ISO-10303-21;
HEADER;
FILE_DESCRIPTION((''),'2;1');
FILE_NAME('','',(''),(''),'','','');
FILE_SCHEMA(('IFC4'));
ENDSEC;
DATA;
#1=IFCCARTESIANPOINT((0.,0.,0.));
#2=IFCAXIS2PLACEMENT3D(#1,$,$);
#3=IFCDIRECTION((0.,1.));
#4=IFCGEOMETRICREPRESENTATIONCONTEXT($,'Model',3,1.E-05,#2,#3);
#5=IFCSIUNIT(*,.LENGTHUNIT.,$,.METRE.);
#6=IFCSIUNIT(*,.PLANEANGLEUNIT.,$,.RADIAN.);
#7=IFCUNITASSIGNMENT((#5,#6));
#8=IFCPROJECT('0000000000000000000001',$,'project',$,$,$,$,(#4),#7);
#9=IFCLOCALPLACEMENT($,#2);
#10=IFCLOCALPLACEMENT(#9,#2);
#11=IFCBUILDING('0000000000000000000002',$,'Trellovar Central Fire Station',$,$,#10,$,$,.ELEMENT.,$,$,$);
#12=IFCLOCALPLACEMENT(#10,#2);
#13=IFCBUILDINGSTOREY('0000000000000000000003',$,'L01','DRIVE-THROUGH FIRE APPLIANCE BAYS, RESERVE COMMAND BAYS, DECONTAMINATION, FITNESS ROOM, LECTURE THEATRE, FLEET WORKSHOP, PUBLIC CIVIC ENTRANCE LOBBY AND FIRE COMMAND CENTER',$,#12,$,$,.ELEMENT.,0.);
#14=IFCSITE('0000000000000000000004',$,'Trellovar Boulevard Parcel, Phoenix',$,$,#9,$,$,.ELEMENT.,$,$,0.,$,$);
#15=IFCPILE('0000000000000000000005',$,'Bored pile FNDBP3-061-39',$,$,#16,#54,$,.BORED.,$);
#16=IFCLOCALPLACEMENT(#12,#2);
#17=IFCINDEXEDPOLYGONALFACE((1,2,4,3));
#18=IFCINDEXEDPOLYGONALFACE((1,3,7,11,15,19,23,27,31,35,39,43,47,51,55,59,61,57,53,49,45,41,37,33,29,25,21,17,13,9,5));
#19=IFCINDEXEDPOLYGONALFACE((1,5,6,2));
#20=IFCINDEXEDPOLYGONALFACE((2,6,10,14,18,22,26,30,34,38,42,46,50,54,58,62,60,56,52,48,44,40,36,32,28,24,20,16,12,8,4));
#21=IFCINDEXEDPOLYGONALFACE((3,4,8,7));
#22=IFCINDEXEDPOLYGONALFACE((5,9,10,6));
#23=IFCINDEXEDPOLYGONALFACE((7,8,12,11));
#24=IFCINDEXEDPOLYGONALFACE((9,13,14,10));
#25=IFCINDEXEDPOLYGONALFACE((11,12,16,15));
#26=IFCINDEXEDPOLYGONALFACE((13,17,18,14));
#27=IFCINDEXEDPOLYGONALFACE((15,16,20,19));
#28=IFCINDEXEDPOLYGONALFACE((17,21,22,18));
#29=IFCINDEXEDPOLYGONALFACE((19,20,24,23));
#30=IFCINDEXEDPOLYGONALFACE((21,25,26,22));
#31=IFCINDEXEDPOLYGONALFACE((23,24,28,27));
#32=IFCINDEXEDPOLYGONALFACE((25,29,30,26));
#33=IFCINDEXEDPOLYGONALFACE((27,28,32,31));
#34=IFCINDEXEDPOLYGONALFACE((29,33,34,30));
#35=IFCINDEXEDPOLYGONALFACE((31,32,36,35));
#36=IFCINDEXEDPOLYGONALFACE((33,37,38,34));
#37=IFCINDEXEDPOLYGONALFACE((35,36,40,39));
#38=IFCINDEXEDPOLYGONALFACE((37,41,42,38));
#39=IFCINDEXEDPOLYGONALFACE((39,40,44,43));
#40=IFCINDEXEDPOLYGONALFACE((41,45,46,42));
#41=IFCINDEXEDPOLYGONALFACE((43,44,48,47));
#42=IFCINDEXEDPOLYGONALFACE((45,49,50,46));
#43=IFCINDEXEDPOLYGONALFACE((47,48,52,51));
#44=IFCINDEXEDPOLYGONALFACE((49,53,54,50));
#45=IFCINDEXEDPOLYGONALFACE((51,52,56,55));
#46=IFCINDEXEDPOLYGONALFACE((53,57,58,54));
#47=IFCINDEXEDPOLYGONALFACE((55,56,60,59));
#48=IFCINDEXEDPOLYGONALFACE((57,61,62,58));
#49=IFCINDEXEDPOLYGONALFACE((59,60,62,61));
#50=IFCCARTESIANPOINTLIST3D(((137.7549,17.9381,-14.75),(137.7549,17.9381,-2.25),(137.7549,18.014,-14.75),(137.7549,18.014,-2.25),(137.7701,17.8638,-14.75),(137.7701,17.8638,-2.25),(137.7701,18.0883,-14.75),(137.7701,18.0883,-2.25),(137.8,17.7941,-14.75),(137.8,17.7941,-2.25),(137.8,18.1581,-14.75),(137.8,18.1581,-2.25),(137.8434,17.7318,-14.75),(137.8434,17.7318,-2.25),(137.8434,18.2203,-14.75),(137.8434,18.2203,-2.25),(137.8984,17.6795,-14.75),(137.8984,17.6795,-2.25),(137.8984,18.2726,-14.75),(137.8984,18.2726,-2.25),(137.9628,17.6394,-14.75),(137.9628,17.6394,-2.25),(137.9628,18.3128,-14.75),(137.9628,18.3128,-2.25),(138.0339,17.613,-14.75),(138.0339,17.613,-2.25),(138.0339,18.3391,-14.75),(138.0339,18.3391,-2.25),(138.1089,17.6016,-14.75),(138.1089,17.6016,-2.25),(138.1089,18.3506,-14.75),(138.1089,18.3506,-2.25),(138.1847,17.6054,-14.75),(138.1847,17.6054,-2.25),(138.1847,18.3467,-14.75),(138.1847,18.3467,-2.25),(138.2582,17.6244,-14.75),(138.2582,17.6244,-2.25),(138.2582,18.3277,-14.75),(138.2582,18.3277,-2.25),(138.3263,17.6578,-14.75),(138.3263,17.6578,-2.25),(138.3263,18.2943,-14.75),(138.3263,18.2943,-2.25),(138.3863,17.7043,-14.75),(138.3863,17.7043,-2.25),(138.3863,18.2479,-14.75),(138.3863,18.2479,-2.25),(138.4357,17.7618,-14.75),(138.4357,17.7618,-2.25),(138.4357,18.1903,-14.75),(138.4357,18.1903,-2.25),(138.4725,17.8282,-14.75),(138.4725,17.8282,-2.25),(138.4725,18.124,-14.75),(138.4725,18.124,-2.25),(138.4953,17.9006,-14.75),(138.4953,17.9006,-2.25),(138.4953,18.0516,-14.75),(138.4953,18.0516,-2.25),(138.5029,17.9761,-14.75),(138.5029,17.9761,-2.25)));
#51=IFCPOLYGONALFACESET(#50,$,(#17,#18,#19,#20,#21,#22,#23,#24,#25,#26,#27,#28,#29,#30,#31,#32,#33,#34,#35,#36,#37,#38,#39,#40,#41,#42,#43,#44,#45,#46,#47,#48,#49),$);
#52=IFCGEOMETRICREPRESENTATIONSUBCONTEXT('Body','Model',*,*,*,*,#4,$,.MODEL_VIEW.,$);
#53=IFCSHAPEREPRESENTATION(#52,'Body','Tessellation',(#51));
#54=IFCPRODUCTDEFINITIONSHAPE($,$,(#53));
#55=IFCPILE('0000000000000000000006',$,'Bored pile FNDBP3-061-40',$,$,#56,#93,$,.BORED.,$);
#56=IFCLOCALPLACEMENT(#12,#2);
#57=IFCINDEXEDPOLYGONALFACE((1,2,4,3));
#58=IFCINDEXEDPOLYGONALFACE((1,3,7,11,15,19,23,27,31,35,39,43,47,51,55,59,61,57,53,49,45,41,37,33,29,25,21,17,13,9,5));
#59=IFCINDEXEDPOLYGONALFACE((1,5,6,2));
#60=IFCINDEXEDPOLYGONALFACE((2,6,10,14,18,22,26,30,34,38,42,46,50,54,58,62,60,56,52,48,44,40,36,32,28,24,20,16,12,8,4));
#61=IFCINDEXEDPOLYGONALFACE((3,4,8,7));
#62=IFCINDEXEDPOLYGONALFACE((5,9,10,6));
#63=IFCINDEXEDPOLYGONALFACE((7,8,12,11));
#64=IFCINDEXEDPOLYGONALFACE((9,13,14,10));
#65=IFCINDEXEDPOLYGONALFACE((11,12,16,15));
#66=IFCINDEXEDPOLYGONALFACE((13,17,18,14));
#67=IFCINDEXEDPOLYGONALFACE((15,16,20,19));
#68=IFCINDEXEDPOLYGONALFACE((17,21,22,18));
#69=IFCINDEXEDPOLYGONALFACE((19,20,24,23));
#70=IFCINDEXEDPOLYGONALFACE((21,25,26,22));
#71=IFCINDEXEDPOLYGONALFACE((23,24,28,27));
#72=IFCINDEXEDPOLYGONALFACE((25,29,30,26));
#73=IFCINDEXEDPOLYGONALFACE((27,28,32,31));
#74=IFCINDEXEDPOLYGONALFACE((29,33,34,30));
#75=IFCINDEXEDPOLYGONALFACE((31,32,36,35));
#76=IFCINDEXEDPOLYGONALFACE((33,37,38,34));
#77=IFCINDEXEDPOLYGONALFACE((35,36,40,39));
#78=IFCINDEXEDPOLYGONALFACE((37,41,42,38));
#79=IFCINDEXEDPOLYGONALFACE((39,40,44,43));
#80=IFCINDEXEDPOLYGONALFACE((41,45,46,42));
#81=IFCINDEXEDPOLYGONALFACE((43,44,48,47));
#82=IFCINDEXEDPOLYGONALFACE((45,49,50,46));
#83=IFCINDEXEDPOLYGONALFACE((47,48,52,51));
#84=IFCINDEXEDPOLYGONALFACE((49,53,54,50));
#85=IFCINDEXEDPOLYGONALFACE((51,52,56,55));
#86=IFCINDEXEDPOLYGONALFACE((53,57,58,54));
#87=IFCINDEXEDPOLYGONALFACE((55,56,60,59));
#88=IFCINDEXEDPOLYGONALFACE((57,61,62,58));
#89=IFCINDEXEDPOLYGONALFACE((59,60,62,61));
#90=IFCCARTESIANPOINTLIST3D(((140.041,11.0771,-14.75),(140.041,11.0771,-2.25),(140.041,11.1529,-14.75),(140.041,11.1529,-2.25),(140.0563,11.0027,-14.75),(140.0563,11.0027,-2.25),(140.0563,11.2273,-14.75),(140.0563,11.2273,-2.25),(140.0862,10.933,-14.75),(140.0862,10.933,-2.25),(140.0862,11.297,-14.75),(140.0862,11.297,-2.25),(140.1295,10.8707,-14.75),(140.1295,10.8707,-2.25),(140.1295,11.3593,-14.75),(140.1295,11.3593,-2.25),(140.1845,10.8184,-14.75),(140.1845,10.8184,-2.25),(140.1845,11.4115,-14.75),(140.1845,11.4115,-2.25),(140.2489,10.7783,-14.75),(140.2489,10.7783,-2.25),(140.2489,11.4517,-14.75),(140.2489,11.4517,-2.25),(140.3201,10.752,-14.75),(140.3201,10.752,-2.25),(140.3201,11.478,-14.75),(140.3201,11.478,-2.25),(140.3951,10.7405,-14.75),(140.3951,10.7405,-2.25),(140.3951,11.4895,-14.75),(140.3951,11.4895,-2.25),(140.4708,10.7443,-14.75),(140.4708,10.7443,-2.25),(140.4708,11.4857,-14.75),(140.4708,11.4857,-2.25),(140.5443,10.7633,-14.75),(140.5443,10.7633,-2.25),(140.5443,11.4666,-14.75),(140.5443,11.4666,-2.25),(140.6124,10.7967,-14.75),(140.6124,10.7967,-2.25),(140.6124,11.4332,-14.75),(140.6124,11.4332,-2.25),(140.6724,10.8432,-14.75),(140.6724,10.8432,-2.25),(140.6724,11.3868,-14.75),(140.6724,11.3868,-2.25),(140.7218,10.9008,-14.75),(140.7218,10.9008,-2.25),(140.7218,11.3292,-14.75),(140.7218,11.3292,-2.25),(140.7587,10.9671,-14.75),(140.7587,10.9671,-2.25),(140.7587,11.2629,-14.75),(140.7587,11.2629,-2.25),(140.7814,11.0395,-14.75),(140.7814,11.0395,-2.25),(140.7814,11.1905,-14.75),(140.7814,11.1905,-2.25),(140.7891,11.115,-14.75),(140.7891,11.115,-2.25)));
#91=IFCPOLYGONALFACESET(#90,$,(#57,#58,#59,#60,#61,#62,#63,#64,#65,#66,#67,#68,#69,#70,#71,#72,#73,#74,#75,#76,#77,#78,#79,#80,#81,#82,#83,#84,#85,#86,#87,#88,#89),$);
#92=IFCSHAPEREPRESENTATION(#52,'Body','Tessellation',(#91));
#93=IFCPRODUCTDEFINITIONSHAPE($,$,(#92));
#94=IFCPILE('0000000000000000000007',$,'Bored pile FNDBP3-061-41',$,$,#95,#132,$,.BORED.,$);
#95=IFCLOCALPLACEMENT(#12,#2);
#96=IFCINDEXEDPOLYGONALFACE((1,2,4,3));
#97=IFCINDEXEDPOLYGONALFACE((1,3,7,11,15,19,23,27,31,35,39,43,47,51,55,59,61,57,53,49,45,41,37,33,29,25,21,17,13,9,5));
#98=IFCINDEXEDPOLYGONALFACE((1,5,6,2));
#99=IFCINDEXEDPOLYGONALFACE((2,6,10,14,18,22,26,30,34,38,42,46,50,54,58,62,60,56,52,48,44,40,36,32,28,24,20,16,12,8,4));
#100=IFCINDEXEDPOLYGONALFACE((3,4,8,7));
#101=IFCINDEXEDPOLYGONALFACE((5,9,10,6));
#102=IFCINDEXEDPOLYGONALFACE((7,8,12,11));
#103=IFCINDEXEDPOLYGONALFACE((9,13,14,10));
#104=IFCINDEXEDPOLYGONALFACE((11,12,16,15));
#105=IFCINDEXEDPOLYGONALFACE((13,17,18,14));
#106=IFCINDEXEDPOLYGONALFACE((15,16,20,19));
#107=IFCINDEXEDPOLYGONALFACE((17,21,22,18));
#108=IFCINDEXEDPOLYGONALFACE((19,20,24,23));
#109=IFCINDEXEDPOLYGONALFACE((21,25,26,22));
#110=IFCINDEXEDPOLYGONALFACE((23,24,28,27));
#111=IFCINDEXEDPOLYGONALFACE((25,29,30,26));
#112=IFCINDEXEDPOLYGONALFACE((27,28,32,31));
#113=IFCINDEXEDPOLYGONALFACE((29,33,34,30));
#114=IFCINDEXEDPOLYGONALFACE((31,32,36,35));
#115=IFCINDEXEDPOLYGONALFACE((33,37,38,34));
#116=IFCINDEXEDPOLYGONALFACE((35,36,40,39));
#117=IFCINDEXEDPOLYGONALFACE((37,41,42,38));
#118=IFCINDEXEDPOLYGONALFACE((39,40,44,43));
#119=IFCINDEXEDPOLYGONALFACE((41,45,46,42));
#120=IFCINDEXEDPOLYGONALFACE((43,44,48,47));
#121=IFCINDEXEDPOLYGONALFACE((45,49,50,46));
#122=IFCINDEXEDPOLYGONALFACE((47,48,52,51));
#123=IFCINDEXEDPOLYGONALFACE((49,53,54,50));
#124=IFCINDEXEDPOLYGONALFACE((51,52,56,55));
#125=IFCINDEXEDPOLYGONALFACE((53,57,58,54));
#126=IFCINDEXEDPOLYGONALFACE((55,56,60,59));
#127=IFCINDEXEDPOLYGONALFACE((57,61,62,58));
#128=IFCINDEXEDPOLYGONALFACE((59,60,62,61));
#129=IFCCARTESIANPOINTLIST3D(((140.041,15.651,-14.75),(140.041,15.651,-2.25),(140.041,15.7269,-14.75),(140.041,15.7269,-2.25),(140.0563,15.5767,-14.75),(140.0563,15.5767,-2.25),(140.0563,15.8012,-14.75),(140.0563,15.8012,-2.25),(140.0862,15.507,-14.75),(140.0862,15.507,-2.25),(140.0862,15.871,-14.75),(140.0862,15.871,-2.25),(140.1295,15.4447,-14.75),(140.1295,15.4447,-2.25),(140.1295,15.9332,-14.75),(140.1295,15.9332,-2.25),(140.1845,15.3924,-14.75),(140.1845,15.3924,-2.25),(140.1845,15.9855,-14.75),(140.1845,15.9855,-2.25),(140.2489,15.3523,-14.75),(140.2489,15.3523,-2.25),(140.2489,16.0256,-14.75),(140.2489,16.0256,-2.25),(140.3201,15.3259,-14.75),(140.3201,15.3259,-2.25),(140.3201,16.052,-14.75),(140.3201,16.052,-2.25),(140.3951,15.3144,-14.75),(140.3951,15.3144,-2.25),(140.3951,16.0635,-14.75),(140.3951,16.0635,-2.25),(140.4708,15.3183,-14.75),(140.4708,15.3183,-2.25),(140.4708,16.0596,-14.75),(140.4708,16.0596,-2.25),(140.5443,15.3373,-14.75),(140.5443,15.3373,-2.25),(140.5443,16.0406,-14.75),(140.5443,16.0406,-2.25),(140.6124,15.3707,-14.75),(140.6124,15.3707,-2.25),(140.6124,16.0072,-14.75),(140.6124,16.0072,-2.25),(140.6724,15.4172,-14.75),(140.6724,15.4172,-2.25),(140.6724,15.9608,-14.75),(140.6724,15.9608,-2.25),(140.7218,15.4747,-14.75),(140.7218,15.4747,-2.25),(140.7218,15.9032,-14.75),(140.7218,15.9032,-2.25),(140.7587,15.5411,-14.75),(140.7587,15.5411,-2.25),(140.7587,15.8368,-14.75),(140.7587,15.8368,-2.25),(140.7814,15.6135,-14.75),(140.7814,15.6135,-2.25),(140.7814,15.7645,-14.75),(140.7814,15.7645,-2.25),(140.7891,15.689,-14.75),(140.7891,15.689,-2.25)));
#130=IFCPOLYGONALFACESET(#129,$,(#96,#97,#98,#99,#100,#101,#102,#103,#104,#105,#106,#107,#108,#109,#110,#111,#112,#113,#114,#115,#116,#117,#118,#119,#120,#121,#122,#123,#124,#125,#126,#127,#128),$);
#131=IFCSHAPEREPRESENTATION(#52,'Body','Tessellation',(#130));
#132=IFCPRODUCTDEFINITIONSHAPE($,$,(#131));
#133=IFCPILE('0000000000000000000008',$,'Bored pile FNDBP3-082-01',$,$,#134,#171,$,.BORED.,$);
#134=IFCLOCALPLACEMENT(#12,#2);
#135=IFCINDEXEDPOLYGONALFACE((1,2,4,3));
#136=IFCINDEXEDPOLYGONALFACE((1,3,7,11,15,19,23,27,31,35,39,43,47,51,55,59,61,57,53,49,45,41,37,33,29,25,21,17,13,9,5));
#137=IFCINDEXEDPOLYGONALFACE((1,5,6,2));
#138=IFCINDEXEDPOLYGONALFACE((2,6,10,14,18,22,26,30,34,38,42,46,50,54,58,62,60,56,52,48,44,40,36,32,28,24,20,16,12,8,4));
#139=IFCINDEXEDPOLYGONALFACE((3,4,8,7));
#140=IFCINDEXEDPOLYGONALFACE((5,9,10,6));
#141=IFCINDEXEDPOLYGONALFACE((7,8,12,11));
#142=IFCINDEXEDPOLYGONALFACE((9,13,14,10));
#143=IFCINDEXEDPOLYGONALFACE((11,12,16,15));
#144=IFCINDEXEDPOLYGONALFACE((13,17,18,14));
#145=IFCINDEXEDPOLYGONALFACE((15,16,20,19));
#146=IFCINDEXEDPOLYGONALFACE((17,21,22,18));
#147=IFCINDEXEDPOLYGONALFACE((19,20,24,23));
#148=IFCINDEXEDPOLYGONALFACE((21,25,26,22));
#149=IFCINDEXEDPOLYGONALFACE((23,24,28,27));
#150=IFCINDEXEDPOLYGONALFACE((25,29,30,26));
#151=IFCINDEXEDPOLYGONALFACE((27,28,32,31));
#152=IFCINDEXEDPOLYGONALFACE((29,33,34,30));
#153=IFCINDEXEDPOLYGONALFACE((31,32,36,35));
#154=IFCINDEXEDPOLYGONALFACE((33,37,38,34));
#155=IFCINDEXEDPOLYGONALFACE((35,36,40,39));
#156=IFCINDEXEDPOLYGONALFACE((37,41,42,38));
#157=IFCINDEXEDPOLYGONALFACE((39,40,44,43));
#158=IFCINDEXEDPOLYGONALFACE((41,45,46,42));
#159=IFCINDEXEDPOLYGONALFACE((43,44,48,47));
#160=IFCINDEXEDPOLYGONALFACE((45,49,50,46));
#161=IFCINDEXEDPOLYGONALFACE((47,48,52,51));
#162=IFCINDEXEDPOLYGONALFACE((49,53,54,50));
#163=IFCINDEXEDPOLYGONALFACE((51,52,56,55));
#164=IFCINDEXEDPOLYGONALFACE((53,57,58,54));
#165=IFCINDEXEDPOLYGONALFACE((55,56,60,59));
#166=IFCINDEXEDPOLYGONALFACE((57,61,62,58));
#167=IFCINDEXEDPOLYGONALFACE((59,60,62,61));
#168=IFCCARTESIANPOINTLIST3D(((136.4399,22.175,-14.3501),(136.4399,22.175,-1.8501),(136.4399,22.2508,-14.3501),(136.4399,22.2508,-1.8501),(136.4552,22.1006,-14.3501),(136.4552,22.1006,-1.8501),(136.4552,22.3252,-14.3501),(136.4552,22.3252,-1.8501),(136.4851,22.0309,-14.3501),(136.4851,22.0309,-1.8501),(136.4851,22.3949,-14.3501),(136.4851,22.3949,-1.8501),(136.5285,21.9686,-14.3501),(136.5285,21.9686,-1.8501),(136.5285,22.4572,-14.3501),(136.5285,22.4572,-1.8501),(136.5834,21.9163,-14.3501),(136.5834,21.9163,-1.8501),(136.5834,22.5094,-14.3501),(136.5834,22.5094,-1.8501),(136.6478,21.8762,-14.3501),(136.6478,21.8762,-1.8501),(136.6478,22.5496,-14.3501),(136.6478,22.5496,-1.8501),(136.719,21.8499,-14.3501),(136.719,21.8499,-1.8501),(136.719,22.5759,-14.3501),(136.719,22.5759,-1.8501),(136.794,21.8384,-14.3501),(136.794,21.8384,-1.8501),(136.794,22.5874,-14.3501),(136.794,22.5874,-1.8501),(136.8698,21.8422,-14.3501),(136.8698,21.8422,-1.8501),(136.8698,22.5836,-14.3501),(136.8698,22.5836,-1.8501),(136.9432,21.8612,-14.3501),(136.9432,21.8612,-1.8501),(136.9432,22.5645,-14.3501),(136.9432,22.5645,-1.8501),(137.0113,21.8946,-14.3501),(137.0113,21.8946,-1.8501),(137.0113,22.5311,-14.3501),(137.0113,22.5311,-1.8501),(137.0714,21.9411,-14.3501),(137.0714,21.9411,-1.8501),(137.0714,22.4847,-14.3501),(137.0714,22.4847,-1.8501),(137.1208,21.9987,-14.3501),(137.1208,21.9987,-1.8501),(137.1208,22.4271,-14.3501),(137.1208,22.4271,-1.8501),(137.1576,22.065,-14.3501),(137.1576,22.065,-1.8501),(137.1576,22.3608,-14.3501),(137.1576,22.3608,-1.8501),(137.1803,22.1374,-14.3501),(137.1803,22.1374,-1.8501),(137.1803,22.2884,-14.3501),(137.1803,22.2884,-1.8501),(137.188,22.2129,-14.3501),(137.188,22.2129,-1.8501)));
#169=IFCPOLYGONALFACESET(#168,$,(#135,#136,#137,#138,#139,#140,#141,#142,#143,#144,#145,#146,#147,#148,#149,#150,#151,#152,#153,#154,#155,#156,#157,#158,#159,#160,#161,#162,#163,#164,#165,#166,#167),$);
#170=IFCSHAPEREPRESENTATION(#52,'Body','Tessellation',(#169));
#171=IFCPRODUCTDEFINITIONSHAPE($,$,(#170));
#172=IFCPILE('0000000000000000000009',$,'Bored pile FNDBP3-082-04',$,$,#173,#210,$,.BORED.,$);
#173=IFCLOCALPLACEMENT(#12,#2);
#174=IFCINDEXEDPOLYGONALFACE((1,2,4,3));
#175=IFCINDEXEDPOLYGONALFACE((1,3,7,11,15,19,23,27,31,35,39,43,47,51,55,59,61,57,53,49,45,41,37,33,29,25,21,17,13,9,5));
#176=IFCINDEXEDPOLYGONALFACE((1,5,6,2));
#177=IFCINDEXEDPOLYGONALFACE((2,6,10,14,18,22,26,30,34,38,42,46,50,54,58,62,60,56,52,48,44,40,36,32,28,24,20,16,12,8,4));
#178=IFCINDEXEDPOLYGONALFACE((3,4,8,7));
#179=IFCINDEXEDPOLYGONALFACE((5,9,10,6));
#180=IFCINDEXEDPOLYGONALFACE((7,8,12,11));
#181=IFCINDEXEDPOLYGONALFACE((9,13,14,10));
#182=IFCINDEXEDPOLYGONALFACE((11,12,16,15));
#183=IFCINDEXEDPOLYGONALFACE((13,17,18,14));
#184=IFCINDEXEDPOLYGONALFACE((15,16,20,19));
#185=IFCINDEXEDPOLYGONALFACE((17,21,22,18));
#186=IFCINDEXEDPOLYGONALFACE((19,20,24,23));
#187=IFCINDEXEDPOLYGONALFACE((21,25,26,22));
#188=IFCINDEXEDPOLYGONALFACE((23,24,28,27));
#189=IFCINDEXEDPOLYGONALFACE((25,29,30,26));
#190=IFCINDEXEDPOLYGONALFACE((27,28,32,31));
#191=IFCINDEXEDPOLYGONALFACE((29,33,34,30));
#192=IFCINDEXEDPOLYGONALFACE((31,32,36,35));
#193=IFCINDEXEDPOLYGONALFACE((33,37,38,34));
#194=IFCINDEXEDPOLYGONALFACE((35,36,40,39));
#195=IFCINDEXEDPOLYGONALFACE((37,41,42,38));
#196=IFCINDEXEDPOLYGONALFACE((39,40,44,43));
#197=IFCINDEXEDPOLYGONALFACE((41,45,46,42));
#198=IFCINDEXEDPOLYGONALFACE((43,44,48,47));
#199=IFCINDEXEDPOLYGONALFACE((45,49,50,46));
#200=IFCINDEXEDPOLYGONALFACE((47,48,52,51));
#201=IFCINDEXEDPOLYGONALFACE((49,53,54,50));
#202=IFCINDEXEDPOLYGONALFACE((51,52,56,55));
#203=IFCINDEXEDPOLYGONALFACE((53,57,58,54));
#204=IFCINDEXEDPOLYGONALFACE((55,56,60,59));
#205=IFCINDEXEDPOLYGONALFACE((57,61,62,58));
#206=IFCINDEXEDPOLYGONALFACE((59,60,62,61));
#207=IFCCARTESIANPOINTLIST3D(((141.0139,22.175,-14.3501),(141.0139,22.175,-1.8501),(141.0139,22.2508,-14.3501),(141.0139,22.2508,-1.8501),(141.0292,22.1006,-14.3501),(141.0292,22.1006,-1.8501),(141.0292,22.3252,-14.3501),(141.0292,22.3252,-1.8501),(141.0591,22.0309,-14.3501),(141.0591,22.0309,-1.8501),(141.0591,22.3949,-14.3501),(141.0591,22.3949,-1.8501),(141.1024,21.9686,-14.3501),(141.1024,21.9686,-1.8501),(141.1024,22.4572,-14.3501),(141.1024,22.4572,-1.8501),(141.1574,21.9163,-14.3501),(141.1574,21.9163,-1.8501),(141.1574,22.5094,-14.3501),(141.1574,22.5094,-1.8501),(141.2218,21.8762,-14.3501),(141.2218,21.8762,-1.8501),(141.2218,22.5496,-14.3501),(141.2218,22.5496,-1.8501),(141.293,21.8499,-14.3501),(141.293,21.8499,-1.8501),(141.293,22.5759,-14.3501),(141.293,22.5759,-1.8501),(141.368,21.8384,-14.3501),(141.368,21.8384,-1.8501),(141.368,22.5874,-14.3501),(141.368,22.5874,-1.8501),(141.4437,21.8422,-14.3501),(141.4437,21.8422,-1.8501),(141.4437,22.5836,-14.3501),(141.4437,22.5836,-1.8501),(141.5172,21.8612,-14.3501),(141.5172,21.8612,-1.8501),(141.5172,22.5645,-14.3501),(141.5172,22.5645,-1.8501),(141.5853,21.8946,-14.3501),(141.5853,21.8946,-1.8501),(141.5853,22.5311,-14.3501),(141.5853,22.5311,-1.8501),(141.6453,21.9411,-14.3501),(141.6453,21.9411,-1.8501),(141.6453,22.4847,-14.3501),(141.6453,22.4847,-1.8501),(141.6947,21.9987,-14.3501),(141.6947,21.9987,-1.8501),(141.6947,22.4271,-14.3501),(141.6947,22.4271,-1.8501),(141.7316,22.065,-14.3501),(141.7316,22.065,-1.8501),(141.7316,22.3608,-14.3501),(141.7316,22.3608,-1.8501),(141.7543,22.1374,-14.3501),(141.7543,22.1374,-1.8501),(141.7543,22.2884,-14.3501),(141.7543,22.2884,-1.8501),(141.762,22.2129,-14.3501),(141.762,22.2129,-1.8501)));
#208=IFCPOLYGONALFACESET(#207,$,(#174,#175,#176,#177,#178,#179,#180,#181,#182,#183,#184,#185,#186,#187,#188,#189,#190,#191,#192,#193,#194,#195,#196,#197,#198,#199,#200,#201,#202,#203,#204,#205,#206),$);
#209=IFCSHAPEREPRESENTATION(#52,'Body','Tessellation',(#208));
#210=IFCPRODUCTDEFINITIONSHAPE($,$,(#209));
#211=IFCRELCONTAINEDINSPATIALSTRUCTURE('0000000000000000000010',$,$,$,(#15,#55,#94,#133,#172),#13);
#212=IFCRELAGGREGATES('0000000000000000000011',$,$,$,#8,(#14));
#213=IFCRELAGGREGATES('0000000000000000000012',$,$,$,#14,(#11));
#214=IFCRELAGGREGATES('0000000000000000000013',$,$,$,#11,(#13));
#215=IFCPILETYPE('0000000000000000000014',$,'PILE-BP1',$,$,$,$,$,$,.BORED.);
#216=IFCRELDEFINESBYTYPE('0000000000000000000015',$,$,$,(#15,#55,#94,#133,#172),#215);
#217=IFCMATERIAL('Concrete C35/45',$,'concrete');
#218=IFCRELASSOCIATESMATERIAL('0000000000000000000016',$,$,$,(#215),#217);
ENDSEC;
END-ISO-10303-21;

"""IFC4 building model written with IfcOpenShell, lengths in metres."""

from ifc_helpers import new_model, si_unit, direction, frame, origin, origin_2d, place, context, subcontext, project, spatial, circle, extrude, material, material_profile, profile_set, type_object, element, save


model = new_model("IFC4")

# Units and contexts
model_context = context("Model", 3, precision=1e-05, world=origin(), true_north=direction((0.0, 1.0)))
body_context = subcontext(model_context, "Body", "Model", "MODEL_VIEW")
ifc_project = project(units=[si_unit("LENGTHUNIT", "METRE"), si_unit("PLANEANGLEUNIT", "RADIAN")], contexts=[model_context])

# Site, building, storey
site_placement = place(None, origin())
site = spatial("IfcSite", under=ifc_project, at=site_placement, Name="Trellovar Boulevard Parcel, Phoenix", CompositionType="ELEMENT", RefElevation=0.0)
building_placement = place(site_placement, origin())
building = spatial("IfcBuilding", under=site, at=building_placement, Name="Trellovar Central Fire Station", CompositionType="ELEMENT")
storey_placement = place(building_placement, origin())
storey = spatial("IfcBuildingStorey", under=building, at=storey_placement, Name="L01", Description="DRIVE-THROUGH FIRE APPLIANCE BAYS, RESERVE COMMAND BAYS, DECONTAMINATION, FITNESS ROOM, LECTURE THEATRE, FLEET WORKSHOP, PUBLIC CIVIC ENTRANCE LOBBY AND FIRE COMMAND CENTER", CompositionType="ELEMENT", Elevation=0.0)

# Piles
ifc_material_1 = material(Name="Concrete C35/45", Category="concrete")
ifc_material_profile_1 = material_profile(ifc_material_1, circle(Radius=0.375, at=origin_2d()), Name="PILE750")
ifc_profile_set_1 = profile_set([ifc_material_profile_1], Name="Concrete C35/45")
pile_type_1 = type_object("IfcPileType", Name="PILE-BP1", PredefinedType="BORED", material=ifc_profile_set_1)
for number, where, z_axis, x_axis, name in (
    (1, (138.1279, 17.9761, -2.25), (0.0, 0.0, -1.0), (1.0, 0.0, 0.0), "Bored pile FNDBP3-061-39"),
    (2, (140.4141, 11.115, -2.25), (0.0, 0.0, -1.0), (1.0, 0.0, 0.0), "Bored pile FNDBP3-061-40"),
    (3, (140.4141, 15.689, -2.25), (0.0, 0.0, -1.0), (1.0, 0.0, 0.0), "Bored pile FNDBP3-061-41"),
    (4, (136.813, 22.2129, -1.8501), (0.0, 0.0, -1.0), (1.0, 0.0, 0.0), "Bored pile FNDBP3-082-01"),
    (5, (141.387, 22.2129, -1.8501), (0.0, 0.0, -1.0), (1.0, 0.0, 0.0), "Bored pile FNDBP3-082-04"),
):
    element("IfcPile", number, at=place(storey_placement, frame(where, z_axis=z_axis, x_axis=x_axis)), inside=storey, type_object=pile_type_1, Name=name, PredefinedType="BORED", context=body_context, shape_type="SweptSolid", body=[
        extrude(circle(Radius=0.375, at=origin_2d()), origin(), (0.0, 0.0, 1.0), 12.5),
    ])

save(model, "model.ifc")
